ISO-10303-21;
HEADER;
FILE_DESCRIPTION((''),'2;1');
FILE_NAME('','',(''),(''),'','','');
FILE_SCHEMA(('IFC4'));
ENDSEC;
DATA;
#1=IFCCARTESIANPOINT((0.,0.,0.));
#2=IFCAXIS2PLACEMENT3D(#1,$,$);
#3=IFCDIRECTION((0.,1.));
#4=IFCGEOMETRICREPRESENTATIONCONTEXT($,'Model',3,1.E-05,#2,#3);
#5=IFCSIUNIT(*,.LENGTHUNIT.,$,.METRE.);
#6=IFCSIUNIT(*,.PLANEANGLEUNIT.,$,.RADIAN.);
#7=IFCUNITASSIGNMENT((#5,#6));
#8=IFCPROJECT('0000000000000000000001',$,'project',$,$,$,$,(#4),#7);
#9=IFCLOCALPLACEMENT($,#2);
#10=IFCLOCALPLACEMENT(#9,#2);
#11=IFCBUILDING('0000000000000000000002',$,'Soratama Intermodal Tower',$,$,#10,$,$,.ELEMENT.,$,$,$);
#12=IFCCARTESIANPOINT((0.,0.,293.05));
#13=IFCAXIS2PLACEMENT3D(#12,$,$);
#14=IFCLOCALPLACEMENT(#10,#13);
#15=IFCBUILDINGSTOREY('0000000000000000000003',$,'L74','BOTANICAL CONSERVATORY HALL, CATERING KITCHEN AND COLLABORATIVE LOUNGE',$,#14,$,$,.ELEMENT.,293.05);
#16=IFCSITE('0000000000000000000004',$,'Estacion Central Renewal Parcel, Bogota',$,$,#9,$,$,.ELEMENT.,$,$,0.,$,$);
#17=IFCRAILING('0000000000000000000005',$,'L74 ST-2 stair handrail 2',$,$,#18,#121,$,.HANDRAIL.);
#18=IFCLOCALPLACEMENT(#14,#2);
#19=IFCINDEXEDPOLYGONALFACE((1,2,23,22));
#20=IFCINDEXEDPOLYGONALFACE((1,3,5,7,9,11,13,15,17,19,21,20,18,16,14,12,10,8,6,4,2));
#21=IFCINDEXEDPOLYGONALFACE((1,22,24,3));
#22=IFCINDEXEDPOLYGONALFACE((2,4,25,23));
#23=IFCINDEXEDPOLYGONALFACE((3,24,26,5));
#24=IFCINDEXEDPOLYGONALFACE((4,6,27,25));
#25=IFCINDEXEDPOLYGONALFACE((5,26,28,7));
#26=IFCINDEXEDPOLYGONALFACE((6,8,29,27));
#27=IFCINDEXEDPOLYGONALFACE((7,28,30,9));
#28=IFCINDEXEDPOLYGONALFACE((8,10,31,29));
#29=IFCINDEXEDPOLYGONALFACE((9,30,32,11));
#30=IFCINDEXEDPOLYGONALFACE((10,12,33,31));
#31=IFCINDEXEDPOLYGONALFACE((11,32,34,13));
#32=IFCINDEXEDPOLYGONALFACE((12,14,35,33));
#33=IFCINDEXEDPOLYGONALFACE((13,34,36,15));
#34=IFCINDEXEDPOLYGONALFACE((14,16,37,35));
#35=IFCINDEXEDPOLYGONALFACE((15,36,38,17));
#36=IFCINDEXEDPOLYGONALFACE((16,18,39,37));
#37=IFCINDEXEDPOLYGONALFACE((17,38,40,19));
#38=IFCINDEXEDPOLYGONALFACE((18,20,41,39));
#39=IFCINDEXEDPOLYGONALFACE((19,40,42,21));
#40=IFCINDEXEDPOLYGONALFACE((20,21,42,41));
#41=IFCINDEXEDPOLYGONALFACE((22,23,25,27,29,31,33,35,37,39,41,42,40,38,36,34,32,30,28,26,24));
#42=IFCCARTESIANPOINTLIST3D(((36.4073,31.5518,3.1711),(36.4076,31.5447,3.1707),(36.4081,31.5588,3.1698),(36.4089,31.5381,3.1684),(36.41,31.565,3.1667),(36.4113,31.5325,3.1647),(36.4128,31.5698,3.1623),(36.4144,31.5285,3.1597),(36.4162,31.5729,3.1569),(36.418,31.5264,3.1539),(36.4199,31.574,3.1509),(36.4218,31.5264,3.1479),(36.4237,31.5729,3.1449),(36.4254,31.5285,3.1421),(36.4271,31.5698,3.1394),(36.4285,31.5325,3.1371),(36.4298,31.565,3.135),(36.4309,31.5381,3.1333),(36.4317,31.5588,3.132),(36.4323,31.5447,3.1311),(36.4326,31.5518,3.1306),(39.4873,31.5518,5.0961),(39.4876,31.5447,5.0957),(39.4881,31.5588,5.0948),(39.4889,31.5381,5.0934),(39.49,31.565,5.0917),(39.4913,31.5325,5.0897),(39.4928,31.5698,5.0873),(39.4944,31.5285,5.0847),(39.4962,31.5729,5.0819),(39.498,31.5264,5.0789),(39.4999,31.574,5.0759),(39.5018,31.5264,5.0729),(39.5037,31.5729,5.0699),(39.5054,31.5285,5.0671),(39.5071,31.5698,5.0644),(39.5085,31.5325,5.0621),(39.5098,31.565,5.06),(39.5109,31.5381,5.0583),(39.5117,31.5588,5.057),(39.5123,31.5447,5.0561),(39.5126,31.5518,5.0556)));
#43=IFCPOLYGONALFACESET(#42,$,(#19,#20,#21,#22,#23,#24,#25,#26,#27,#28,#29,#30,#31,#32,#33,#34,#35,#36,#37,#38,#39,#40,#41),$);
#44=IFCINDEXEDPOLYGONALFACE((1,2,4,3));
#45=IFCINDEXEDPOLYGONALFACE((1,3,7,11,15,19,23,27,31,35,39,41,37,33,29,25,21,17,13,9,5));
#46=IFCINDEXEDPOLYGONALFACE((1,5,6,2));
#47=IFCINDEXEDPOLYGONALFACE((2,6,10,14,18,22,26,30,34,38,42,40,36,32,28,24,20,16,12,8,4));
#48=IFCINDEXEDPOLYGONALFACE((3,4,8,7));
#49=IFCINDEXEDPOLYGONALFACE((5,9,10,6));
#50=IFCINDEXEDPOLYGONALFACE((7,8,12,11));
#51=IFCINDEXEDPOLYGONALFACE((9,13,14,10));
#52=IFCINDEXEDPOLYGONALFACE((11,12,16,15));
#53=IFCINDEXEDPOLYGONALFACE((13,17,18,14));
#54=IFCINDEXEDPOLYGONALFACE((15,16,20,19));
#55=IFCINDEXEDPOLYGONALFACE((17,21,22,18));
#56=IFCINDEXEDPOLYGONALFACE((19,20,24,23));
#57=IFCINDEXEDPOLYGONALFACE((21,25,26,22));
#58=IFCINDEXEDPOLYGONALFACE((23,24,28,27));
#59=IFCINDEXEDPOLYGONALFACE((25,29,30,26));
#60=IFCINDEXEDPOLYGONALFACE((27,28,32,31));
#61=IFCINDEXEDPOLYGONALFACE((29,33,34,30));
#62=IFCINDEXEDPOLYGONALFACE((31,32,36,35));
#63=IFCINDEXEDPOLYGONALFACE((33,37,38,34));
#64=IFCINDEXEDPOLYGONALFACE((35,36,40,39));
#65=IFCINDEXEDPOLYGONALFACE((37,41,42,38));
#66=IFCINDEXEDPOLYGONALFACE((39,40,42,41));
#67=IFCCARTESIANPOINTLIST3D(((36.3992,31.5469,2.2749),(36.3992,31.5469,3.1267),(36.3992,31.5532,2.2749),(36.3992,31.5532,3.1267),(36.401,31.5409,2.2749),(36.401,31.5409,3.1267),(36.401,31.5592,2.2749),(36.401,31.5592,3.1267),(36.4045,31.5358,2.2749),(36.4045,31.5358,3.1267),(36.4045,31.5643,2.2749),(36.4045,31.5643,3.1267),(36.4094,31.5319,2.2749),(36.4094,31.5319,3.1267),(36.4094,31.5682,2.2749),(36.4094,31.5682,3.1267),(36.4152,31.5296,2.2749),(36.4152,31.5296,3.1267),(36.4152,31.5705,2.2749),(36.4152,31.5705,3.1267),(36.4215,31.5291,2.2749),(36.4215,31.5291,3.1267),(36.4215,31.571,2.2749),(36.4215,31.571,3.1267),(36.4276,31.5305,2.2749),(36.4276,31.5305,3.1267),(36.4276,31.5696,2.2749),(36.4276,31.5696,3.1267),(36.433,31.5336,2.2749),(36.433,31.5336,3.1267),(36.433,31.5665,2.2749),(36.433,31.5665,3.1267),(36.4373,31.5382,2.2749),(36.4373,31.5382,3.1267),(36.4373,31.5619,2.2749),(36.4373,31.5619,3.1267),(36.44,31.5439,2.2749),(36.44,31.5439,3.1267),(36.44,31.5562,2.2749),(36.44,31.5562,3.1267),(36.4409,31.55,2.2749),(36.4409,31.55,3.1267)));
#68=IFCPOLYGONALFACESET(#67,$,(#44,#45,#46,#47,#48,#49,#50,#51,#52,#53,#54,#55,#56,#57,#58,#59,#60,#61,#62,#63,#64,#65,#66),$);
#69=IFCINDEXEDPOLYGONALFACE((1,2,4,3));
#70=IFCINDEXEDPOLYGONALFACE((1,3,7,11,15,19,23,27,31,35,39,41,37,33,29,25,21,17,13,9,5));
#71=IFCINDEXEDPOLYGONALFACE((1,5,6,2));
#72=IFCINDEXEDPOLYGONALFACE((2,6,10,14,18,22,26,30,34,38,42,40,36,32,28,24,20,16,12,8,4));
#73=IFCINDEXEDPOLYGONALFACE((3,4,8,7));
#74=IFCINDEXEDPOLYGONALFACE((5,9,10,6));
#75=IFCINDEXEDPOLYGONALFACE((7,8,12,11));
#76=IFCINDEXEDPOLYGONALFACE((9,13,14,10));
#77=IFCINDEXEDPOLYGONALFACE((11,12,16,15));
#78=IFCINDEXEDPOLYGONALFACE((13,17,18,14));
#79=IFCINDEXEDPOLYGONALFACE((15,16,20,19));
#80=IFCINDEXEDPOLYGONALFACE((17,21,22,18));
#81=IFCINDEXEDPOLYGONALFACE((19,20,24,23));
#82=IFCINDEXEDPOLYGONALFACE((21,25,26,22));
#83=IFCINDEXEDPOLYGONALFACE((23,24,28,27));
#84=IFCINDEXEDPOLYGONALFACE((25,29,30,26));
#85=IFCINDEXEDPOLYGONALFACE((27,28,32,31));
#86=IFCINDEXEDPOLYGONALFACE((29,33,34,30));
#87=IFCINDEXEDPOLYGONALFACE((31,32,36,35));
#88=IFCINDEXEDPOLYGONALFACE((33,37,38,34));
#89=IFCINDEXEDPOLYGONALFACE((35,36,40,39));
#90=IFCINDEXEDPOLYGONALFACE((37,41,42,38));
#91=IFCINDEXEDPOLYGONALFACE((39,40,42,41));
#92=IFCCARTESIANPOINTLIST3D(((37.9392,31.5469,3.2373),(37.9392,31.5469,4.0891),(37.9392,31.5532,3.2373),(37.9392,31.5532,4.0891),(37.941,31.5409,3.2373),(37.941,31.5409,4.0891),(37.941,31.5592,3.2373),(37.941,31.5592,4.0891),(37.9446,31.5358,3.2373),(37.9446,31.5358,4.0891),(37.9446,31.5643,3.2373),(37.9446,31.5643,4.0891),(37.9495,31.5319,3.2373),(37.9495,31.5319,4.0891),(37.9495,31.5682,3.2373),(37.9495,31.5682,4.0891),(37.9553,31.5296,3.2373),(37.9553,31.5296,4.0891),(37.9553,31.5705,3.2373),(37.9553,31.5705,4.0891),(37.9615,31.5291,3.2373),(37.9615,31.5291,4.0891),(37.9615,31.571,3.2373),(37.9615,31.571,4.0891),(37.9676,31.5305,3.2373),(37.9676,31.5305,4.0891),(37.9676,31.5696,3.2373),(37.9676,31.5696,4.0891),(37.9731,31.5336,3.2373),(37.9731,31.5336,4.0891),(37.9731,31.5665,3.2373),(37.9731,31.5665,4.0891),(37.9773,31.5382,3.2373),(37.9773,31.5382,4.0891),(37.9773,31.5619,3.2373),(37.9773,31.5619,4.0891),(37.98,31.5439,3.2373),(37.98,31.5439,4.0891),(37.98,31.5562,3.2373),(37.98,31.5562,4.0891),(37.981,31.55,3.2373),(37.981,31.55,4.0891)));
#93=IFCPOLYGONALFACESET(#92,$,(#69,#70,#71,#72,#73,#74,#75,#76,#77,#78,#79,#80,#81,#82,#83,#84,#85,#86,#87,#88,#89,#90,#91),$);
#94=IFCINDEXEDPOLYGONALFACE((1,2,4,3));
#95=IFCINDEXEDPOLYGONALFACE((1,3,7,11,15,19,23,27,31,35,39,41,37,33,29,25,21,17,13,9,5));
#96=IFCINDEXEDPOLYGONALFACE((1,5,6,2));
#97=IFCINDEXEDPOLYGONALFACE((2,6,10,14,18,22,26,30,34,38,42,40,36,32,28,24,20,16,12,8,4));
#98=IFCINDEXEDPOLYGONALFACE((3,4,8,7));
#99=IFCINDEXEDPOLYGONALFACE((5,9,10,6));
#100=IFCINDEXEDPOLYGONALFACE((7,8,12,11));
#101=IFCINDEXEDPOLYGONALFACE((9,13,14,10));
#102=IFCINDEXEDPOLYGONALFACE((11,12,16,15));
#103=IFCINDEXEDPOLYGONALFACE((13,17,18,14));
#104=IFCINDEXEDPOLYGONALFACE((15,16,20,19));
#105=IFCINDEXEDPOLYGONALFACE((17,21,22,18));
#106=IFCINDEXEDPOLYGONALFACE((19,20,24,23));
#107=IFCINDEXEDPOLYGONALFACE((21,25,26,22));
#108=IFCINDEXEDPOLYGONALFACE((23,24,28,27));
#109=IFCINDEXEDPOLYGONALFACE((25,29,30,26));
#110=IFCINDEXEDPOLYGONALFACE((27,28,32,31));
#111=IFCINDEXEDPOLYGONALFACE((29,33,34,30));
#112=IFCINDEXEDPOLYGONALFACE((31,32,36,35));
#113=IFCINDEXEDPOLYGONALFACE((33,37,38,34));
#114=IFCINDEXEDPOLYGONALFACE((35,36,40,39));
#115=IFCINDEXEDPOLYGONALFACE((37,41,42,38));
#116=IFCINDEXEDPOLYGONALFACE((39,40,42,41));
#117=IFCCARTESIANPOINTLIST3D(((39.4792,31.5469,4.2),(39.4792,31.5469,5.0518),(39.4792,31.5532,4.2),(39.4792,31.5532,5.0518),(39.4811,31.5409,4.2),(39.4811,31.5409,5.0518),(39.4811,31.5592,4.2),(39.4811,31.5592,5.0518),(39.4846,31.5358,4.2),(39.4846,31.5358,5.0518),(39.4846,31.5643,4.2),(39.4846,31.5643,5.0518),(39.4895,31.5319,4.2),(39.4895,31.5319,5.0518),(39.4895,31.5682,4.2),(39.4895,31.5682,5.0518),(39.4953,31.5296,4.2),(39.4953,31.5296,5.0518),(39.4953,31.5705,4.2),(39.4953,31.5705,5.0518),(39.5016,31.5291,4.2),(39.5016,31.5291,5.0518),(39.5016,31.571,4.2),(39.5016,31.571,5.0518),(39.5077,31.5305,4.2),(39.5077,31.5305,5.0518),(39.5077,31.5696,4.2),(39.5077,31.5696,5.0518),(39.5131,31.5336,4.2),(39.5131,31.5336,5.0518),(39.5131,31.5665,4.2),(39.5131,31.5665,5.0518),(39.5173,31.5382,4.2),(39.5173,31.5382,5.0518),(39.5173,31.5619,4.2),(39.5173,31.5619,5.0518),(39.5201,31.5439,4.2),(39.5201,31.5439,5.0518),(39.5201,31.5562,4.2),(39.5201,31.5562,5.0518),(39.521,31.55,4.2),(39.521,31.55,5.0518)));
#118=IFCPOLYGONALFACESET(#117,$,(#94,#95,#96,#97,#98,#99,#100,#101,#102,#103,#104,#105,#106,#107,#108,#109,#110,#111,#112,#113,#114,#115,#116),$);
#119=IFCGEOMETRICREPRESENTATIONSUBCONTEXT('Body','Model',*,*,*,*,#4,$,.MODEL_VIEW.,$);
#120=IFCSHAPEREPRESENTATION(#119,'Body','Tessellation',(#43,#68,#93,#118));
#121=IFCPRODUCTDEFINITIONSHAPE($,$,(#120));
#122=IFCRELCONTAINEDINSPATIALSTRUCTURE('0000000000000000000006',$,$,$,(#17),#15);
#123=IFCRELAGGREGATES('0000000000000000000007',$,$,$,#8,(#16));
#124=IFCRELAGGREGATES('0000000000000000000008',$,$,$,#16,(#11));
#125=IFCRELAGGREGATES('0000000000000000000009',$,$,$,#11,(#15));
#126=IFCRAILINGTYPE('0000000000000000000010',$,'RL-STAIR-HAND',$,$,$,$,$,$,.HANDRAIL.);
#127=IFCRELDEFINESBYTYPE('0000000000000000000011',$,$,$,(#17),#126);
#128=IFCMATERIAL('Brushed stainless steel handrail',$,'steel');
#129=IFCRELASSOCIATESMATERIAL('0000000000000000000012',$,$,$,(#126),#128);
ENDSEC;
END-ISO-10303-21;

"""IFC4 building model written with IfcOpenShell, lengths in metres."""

from ifc_helpers import new_model, si_unit, direction, frame, origin, origin_2d, place, context, subcontext, project, spatial, circle, extrude, material, type_object, element, save


model = new_model("IFC4")

# Units and contexts
model_context = context("Model", 3, precision=1e-05, world=origin(), true_north=direction((0.0, 1.0)))
body_context = subcontext(model_context, "Body", "Model", "MODEL_VIEW")
ifc_project = project(units=[si_unit("LENGTHUNIT", "METRE"), si_unit("PLANEANGLEUNIT", "RADIAN")], contexts=[model_context])

# Site, building, storey
site_placement = place(None, origin())
site = spatial("IfcSite", under=ifc_project, at=site_placement, Name="Estacion Central Renewal Parcel, Bogota", CompositionType="ELEMENT", RefElevation=0.0)
building_placement = place(site_placement, origin())
building = spatial("IfcBuilding", under=site, at=building_placement, Name="Soratama Intermodal Tower", CompositionType="ELEMENT")
storey_placement = place(building_placement, frame((0.0, 0.0, 293.05)))
storey = spatial("IfcBuildingStorey", under=building, at=storey_placement, Name="L74", Description="BOTANICAL CONSERVATORY HALL, CATERING KITCHEN AND COLLABORATIVE LOUNGE", CompositionType="ELEMENT", Elevation=293.05)

# Railing
ifc_material_1 = material(Name="Brushed stainless steel handrail", Category="steel")
railing_type_1 = type_object("IfcRailingType", Name="RL-STAIR-HAND", PredefinedType="HANDRAIL", material=ifc_material_1)
railing_1_placement = place(storey_placement, frame((36.4199, 31.55, 2.2749)))
element("IfcRailing", 1, at=railing_1_placement, inside=storey, type_object=railing_type_1, Name="L74 ST-2 stair handrail 2", PredefinedType="HANDRAIL", context=body_context, shape_type="SweptSolid", body=[
    extrude(circle(Radius=0.0239, at=origin_2d()), frame((0.0, 0.0, 0.876), z_axis=(0.847998, 0.0, 0.529999), x_axis=(0.0, 1.0, 0.0)), (0.0, 0.0, 1.0), 3.6321),
    extrude(circle(Radius=0.021, at=origin_2d()), origin(), (0.0, 0.0, 1.0), 0.8518),
    extrude(circle(Radius=0.021, at=origin_2d()), frame((1.54, 0.0, 0.9624)), (0.0, 0.0, 1.0), 0.8518),
    extrude(circle(Radius=0.021, at=origin_2d()), frame((3.0801, 0.0, 1.925)), (0.0, 0.0, 1.0), 0.8518),
])

save(model, "model.ifc")
